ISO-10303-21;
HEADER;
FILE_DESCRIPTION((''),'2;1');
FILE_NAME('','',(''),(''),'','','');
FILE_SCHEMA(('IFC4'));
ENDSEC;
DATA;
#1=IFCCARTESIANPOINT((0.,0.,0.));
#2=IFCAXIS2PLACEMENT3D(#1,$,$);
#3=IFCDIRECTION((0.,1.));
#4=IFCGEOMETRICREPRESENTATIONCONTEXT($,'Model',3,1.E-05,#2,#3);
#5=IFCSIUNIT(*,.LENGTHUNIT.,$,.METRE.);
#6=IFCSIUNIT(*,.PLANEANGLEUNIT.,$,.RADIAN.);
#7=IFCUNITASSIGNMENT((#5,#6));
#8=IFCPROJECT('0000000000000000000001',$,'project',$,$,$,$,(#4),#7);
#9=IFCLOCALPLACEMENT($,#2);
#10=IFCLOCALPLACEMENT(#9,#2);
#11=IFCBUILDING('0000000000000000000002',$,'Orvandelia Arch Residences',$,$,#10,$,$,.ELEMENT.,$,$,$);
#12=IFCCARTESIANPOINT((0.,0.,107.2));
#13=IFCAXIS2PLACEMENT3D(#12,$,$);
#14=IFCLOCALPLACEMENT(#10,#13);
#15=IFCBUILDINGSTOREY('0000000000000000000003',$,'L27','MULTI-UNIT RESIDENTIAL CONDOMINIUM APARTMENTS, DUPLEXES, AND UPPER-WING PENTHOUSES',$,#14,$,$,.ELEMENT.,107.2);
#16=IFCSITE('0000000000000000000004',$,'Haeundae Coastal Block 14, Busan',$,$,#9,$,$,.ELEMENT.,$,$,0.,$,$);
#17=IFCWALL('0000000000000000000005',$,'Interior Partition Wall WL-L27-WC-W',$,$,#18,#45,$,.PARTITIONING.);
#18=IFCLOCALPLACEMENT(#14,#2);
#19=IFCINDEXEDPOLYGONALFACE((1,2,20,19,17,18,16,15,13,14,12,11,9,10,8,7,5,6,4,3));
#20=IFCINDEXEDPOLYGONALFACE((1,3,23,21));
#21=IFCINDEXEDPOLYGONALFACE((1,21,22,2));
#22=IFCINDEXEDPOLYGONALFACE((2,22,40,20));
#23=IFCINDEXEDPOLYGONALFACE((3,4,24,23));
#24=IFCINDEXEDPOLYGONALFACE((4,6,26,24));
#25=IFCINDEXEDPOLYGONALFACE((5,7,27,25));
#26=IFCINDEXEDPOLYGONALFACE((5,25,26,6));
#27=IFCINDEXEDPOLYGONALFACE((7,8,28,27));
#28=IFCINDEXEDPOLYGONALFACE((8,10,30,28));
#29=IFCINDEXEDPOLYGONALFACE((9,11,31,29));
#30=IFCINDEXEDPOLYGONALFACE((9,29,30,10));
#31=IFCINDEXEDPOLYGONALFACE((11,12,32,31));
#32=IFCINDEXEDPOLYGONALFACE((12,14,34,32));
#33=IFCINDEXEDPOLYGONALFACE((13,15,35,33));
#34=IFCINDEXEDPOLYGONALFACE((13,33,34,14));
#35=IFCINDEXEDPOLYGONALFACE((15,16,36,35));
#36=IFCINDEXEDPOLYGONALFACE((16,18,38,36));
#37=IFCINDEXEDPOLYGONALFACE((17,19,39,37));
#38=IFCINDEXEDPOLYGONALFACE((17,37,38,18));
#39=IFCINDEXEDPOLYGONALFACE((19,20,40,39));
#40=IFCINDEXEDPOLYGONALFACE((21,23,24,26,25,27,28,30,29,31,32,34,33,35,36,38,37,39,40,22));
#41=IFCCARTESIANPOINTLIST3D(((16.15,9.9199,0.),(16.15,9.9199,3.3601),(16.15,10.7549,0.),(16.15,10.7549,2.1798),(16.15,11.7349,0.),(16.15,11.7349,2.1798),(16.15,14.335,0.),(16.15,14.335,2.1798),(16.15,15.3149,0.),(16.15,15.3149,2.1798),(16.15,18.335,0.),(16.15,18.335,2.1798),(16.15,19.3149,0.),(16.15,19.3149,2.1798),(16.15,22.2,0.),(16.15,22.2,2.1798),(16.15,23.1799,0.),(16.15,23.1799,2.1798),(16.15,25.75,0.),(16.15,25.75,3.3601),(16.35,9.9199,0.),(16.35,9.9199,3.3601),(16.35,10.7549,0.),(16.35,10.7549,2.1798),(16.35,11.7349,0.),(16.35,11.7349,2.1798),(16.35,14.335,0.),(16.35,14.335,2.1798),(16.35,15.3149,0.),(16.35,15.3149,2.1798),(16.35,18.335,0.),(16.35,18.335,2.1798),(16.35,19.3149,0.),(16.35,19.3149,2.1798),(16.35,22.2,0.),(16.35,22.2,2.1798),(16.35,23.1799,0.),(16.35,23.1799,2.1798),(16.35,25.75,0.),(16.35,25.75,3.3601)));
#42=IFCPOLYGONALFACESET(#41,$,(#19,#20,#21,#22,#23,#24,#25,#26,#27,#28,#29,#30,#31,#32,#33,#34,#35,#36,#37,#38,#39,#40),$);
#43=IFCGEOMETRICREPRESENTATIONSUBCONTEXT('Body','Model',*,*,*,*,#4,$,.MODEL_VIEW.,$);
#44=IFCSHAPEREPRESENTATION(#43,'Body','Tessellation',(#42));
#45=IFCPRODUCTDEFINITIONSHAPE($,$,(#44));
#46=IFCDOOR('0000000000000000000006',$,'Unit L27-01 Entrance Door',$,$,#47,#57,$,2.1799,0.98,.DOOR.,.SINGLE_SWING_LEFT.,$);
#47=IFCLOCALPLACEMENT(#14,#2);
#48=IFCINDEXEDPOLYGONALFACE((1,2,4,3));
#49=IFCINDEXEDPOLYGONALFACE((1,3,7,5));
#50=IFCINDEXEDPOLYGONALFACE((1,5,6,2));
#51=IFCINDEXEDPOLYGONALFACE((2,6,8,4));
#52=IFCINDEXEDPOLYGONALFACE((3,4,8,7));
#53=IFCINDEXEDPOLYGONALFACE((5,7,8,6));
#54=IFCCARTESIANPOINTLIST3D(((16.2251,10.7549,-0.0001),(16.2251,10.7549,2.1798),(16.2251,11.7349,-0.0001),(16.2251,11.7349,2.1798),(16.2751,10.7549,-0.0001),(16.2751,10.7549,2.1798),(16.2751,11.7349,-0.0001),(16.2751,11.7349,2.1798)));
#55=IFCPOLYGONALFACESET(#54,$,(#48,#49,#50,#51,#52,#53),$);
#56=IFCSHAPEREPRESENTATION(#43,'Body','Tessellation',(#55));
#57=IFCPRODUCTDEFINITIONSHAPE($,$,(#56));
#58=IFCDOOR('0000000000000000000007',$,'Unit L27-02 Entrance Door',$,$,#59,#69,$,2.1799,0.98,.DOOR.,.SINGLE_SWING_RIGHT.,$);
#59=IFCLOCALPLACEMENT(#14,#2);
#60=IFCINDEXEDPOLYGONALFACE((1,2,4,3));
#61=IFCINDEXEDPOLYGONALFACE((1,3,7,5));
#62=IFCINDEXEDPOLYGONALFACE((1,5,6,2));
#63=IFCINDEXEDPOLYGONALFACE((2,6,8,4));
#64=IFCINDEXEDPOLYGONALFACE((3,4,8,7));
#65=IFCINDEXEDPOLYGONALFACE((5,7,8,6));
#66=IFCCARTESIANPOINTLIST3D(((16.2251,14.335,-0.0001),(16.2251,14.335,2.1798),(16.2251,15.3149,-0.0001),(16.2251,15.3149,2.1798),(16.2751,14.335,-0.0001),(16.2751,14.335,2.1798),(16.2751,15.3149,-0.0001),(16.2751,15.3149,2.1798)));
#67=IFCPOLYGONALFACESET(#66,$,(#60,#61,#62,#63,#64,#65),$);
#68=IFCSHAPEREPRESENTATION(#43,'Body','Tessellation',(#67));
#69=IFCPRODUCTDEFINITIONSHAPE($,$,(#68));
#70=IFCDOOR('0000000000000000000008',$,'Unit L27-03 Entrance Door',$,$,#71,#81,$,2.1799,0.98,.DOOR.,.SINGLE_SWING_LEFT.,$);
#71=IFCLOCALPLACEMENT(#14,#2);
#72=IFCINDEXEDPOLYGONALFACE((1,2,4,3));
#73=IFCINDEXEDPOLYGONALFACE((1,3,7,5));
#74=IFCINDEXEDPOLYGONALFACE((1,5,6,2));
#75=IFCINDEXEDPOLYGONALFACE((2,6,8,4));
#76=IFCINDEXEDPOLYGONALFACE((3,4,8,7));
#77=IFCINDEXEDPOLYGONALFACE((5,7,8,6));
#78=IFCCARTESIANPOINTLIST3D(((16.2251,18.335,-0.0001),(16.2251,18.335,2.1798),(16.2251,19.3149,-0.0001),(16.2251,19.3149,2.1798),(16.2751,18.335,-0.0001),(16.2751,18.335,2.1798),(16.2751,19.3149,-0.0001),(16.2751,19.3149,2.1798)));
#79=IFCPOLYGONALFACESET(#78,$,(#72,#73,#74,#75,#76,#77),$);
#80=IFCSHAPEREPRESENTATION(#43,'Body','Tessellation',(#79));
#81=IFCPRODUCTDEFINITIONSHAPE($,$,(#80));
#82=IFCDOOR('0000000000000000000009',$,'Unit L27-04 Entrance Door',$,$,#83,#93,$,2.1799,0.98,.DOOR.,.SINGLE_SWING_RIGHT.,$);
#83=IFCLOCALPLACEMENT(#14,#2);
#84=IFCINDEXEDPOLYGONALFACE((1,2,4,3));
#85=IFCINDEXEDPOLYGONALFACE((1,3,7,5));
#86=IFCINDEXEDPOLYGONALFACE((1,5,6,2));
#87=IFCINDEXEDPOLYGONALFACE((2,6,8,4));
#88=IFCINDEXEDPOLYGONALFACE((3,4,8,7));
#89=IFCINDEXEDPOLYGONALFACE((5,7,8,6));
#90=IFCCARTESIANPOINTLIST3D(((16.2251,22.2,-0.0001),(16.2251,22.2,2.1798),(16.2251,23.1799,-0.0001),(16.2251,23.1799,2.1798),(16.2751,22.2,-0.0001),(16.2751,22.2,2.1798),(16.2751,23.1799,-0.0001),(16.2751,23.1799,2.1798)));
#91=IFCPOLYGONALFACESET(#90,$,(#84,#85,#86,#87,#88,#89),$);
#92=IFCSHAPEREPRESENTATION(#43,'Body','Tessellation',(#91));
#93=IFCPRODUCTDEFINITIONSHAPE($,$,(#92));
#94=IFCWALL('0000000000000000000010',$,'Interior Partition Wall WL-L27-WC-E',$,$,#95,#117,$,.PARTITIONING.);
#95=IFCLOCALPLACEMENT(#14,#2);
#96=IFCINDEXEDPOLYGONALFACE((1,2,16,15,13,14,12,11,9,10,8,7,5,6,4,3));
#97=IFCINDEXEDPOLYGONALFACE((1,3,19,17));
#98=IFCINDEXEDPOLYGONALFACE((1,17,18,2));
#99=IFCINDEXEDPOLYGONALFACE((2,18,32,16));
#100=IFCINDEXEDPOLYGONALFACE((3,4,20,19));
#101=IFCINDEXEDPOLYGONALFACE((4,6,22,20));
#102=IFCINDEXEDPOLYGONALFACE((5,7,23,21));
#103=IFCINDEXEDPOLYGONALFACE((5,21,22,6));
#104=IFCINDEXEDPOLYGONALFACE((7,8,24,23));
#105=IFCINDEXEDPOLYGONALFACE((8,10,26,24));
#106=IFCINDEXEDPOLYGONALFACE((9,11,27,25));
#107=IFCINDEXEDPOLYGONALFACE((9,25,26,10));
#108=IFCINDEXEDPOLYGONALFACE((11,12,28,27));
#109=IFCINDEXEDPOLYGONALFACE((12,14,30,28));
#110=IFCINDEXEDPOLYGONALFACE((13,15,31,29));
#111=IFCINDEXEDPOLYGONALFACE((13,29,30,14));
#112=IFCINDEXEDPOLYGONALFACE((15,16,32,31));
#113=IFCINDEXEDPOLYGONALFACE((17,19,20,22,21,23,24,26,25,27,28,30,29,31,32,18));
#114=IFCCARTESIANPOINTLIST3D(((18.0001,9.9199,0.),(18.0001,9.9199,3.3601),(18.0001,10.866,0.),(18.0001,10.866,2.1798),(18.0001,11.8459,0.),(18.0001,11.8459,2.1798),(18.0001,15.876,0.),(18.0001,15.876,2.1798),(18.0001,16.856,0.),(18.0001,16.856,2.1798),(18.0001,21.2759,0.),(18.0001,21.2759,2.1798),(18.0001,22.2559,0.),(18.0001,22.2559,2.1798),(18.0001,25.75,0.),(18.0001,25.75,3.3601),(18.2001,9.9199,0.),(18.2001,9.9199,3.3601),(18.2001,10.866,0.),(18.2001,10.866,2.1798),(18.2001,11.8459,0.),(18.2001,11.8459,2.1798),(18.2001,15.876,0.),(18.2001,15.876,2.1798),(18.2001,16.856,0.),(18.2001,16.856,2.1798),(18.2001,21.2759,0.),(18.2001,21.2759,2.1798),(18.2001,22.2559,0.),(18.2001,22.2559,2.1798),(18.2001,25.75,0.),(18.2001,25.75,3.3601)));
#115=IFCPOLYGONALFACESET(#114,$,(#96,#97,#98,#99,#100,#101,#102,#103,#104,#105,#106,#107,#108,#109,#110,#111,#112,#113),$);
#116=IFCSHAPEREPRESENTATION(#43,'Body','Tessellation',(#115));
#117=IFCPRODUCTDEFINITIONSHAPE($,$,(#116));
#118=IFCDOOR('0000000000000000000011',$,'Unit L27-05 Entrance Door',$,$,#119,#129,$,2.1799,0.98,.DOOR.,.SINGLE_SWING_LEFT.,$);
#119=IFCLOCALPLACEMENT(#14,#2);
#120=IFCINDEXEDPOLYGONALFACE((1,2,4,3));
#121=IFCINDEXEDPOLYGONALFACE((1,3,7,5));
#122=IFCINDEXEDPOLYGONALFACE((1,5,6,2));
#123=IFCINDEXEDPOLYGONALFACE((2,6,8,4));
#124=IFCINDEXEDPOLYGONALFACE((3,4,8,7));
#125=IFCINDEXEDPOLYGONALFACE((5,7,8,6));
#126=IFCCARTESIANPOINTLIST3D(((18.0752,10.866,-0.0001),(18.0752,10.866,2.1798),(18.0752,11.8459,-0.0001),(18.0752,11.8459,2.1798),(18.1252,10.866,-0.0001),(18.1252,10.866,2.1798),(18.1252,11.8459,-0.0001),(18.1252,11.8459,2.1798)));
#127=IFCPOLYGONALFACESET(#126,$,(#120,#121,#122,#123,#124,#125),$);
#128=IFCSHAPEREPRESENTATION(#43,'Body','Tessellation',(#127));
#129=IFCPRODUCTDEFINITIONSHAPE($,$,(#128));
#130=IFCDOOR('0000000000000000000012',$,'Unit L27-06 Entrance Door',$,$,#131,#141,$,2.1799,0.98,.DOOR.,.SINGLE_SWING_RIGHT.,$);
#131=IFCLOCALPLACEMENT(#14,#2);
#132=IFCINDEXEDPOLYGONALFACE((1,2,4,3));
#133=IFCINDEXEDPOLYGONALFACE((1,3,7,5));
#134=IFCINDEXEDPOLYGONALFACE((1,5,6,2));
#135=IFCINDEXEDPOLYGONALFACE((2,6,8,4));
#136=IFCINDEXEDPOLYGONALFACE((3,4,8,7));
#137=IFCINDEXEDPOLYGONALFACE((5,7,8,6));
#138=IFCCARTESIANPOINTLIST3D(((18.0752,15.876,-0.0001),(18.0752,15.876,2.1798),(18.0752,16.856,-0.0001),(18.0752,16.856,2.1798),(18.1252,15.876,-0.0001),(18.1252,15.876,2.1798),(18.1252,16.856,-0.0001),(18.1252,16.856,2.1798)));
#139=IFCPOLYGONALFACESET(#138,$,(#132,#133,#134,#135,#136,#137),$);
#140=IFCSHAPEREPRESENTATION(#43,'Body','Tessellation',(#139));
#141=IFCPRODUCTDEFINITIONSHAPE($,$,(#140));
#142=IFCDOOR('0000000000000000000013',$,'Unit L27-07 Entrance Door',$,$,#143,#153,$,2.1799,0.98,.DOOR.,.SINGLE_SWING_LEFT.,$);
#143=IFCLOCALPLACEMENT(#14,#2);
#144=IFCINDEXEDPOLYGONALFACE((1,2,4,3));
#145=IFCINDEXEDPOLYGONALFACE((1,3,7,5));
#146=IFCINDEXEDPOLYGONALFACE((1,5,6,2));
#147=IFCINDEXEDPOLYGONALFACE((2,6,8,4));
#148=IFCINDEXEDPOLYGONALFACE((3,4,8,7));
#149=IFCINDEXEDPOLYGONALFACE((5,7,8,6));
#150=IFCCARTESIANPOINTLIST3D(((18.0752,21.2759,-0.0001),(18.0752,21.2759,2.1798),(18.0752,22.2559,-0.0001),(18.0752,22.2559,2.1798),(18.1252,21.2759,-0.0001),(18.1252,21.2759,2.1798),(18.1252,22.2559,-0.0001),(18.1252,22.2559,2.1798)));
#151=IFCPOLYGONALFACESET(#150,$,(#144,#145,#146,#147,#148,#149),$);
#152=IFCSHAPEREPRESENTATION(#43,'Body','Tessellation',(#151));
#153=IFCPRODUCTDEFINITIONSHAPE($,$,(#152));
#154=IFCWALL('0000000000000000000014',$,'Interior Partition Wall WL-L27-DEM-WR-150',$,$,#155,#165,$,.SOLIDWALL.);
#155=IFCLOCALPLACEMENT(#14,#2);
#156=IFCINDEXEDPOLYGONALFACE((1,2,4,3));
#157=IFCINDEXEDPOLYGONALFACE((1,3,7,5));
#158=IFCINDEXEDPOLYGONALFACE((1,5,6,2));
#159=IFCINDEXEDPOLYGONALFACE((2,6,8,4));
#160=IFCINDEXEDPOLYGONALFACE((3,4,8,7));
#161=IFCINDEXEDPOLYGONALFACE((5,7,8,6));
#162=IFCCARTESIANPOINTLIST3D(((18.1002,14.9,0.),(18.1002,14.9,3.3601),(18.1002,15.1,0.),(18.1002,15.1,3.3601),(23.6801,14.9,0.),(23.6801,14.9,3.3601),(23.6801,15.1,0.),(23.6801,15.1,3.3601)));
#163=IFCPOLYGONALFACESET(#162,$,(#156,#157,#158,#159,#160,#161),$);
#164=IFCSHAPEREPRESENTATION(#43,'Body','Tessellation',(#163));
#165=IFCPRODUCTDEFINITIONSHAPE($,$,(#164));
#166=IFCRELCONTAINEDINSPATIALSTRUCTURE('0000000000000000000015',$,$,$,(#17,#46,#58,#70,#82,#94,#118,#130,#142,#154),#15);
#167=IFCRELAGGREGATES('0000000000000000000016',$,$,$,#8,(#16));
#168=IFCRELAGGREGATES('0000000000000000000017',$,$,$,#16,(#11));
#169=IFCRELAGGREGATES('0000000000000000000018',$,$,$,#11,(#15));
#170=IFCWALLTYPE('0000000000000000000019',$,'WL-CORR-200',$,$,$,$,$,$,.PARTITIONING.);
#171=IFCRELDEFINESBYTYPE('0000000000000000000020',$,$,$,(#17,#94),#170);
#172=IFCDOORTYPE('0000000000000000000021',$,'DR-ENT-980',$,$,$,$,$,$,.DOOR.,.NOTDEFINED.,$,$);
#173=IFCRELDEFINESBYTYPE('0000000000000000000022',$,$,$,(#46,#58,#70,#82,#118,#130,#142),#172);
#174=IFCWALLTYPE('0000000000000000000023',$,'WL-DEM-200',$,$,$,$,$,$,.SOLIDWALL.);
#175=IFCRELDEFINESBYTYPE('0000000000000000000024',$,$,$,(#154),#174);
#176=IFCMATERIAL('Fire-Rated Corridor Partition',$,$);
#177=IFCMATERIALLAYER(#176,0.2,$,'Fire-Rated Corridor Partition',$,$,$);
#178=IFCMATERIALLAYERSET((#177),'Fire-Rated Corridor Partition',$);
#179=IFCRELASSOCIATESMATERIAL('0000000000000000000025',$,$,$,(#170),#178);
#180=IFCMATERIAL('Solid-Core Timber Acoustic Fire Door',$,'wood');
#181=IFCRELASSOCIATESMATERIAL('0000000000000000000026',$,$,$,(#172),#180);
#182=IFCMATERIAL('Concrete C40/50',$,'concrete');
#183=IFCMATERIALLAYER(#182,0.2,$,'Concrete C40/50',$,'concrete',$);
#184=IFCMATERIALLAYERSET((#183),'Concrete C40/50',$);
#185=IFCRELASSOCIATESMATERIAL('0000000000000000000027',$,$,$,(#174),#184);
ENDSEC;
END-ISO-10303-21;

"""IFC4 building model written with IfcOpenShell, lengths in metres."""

from ifc_helpers import new_model, si_unit, direction, frame, frame_2d, origin, place, context, subcontext, project, spatial, rectangle, extrude, material, layer, layer_set, type_object, element, fill, save


model = new_model("IFC4")

# Units and contexts
model_context = context("Model", 3, precision=1e-05, world=origin(), true_north=direction((0.0, 1.0)))
body_context = subcontext(model_context, "Body", "Model", "MODEL_VIEW")
ifc_project = project(units=[si_unit("LENGTHUNIT", "METRE"), si_unit("PLANEANGLEUNIT", "RADIAN")], contexts=[model_context])

# Site, building, storey
site_placement = place(None, origin())
site = spatial("IfcSite", under=ifc_project, at=site_placement, Name="Haeundae Coastal Block 14, Busan", CompositionType="ELEMENT", RefElevation=0.0)
building_placement = place(site_placement, origin())
building = spatial("IfcBuilding", under=site, at=building_placement, Name="Orvandelia Arch Residences", CompositionType="ELEMENT")
storey_placement = place(building_placement, frame((0.0, 0.0, 107.2)))
storey = spatial("IfcBuildingStorey", under=building, at=storey_placement, Name="L27", Description="MULTI-UNIT RESIDENTIAL CONDOMINIUM APARTMENTS, DUPLEXES, AND UPPER-WING PENTHOUSES", CompositionType="ELEMENT", Elevation=107.2)

# Walls, openings, doors
ifc_material_1 = material(Name="Fire-Rated Corridor Partition")
ifc_layer_1 = layer(ifc_material_1, 0.2, Name="Fire-Rated Corridor Partition")
ifc_layer_set_1 = layer_set([ifc_layer_1], Name="Fire-Rated Corridor Partition")
wall_type_1 = type_object("IfcWallType", Name="WL-CORR-200", PredefinedType="PARTITIONING", material=ifc_layer_set_1)
wall_1_placement = place(storey_placement, frame((16.25, 9.9199, 0.0), z_axis=(0.0, 0.0, 1.0), x_axis=(0.0, 1.0, 0.0)))
wall_1 = element("IfcWall", 1, at=wall_1_placement, inside=storey, type_object=wall_type_1, Name="Interior Partition Wall WL-L27-WC-W", PredefinedType="PARTITIONING", context=body_context, shape_type="SweptSolid", body=[
    extrude(rectangle(XDim=15.8301, YDim=0.2, at=frame_2d((7.915, 0.0))), origin(), (0.0, 0.0, 1.0), 3.3601),
])
opening_1_placement = place(wall_1_placement, frame((0.835, 0.0, 0.0)))
opening_1 = element("IfcOpeningElement", 2, at=opening_1_placement, cuts=wall_1, PredefinedType="OPENING", context=body_context, shape_type="SweptSolid", body=[
    extrude(rectangle(XDim=0.98, YDim=2.1799, at=frame_2d((0.49, 1.0898))), frame((0.0, 0.1099, 0.0), z_axis=(0.0, -1.0, 0.0), x_axis=(1.0, 0.0, 0.0)), (0.0, 0.0, 1.0), 0.22),
])
opening_2_placement = place(wall_1_placement, frame((4.415, 0.0, 0.0)))
opening_2 = element("IfcOpeningElement", 3, at=opening_2_placement, cuts=wall_1, PredefinedType="OPENING", context=body_context, shape_type="SweptSolid", body=[
    extrude(rectangle(XDim=0.98, YDim=2.1799, at=frame_2d((0.49, 1.0898))), frame((0.0, 0.1099, 0.0), z_axis=(0.0, -1.0, 0.0), x_axis=(1.0, 0.0, 0.0)), (0.0, 0.0, 1.0), 0.22),
])
opening_3_placement = place(wall_1_placement, frame((8.415, 0.0, 0.0)))
opening_3 = element("IfcOpeningElement", 4, at=opening_3_placement, cuts=wall_1, PredefinedType="OPENING", context=body_context, shape_type="SweptSolid", body=[
    extrude(rectangle(XDim=0.98, YDim=2.1799, at=frame_2d((0.49, 1.0898))), frame((0.0, 0.1099, 0.0), z_axis=(0.0, -1.0, 0.0), x_axis=(1.0, 0.0, 0.0)), (0.0, 0.0, 1.0), 0.22),
])
opening_4_placement = place(wall_1_placement, frame((12.28, 0.0, 0.0)))
opening_4 = element("IfcOpeningElement", 5, at=opening_4_placement, cuts=wall_1, PredefinedType="OPENING", context=body_context, shape_type="SweptSolid", body=[
    extrude(rectangle(XDim=0.98, YDim=2.1799, at=frame_2d((0.49, 1.0898))), frame((0.0, 0.1099, 0.0), z_axis=(0.0, -1.0, 0.0), x_axis=(1.0, 0.0, 0.0)), (0.0, 0.0, 1.0), 0.22),
])
ifc_material_2 = material(Name="Solid-Core Timber Acoustic Fire Door", Category="wood")
door_type_1 = type_object("IfcDoorType", Name="DR-ENT-980", OperationType="NOTDEFINED", PredefinedType="DOOR", material=ifc_material_2)
door_1_placement = place(opening_1_placement, origin())
door_1 = element("IfcDoor", 6, at=door_1_placement, inside=storey, type_object=door_type_1, Name="Unit L27-01 Entrance Door", OperationType="SINGLE_SWING_LEFT", OverallHeight=2.1799, OverallWidth=0.98, PredefinedType="DOOR", context=body_context, shape_type="SweptSolid", body=[
    extrude(rectangle(XDim=0.98, YDim=2.1799, at=frame_2d((0.49, 1.0898))), frame((0.0, 0.0249, 0.0), z_axis=(0.0, -1.0, 0.0), x_axis=(1.0, 0.0, 0.0)), (0.0, 0.0, 1.0), 0.05),
])
fill(opening_1, door_1)
door_2_placement = place(opening_2_placement, origin())
door_2 = element("IfcDoor", 7, at=door_2_placement, inside=storey, type_object=door_type_1, Name="Unit L27-02 Entrance Door", OperationType="SINGLE_SWING_RIGHT", OverallHeight=2.1799, OverallWidth=0.98, PredefinedType="DOOR", context=body_context, shape_type="SweptSolid", body=[
    extrude(rectangle(XDim=0.98, YDim=2.1799, at=frame_2d((0.49, 1.0898))), frame((0.0, 0.0249, 0.0), z_axis=(0.0, -1.0, 0.0), x_axis=(1.0, 0.0, 0.0)), (0.0, 0.0, 1.0), 0.05),
])
fill(opening_2, door_2)
door_3_placement = place(opening_3_placement, origin())
door_3 = element("IfcDoor", 8, at=door_3_placement, inside=storey, type_object=door_type_1, Name="Unit L27-03 Entrance Door", OperationType="SINGLE_SWING_LEFT", OverallHeight=2.1799, OverallWidth=0.98, PredefinedType="DOOR", context=body_context, shape_type="SweptSolid", body=[
    extrude(rectangle(XDim=0.98, YDim=2.1799, at=frame_2d((0.49, 1.0898))), frame((0.0, 0.0249, 0.0), z_axis=(0.0, -1.0, 0.0), x_axis=(1.0, 0.0, 0.0)), (0.0, 0.0, 1.0), 0.05),
])
fill(opening_3, door_3)
door_4_placement = place(opening_4_placement, origin())
door_4 = element("IfcDoor", 9, at=door_4_placement, inside=storey, type_object=door_type_1, Name="Unit L27-04 Entrance Door", OperationType="SINGLE_SWING_RIGHT", OverallHeight=2.1799, OverallWidth=0.98, PredefinedType="DOOR", context=body_context, shape_type="SweptSolid", body=[
    extrude(rectangle(XDim=0.98, YDim=2.1799, at=frame_2d((0.49, 1.0898))), frame((0.0, 0.0249, 0.0), z_axis=(0.0, -1.0, 0.0), x_axis=(1.0, 0.0, 0.0)), (0.0, 0.0, 1.0), 0.05),
])
fill(opening_4, door_4)
wall_2_placement = place(storey_placement, frame((18.1001, 9.9199, 0.0), z_axis=(0.0, 0.0, 1.0), x_axis=(0.0, 1.0, 0.0)))
wall_2 = element("IfcWall", 10, at=wall_2_placement, inside=storey, type_object=wall_type_1, Name="Interior Partition Wall WL-L27-WC-E", PredefinedType="PARTITIONING", context=body_context, shape_type="SweptSolid", body=[
    extrude(rectangle(XDim=15.8301, YDim=0.2, at=frame_2d((7.915, 0.0))), origin(), (0.0, 0.0, 1.0), 3.3601),
])
opening_5_placement = place(wall_2_placement, frame((0.946, 0.0, 0.0)))
opening_5 = element("IfcOpeningElement", 11, at=opening_5_placement, cuts=wall_2, PredefinedType="OPENING", context=body_context, shape_type="SweptSolid", body=[
    extrude(rectangle(XDim=0.98, YDim=2.1799, at=frame_2d((0.49, 1.0898))), frame((0.0, 0.1099, 0.0), z_axis=(0.0, -1.0, 0.0), x_axis=(1.0, 0.0, 0.0)), (0.0, 0.0, 1.0), 0.22),
])
opening_6_placement = place(wall_2_placement, frame((5.9561, 0.0, 0.0)))
opening_6 = element("IfcOpeningElement", 12, at=opening_6_placement, cuts=wall_2, PredefinedType="OPENING", context=body_context, shape_type="SweptSolid", body=[
    extrude(rectangle(XDim=0.98, YDim=2.1799, at=frame_2d((0.49, 1.0898))), frame((0.0, 0.1099, 0.0), z_axis=(0.0, -1.0, 0.0), x_axis=(1.0, 0.0, 0.0)), (0.0, 0.0, 1.0), 0.22),
])
opening_7_placement = place(wall_2_placement, frame((11.356, 0.0, 0.0)))
opening_7 = element("IfcOpeningElement", 13, at=opening_7_placement, cuts=wall_2, PredefinedType="OPENING", context=body_context, shape_type="SweptSolid", body=[
    extrude(rectangle(XDim=0.98, YDim=2.1799, at=frame_2d((0.49, 1.0898))), frame((0.0, 0.1099, 0.0), z_axis=(0.0, -1.0, 0.0), x_axis=(1.0, 0.0, 0.0)), (0.0, 0.0, 1.0), 0.22),
])
door_5_placement = place(opening_5_placement, origin())
door_5 = element("IfcDoor", 14, at=door_5_placement, inside=storey, type_object=door_type_1, Name="Unit L27-05 Entrance Door", OperationType="SINGLE_SWING_LEFT", OverallHeight=2.1799, OverallWidth=0.98, PredefinedType="DOOR", context=body_context, shape_type="SweptSolid", body=[
    extrude(rectangle(XDim=0.98, YDim=2.1799, at=frame_2d((0.49, 1.0898))), frame((0.0, 0.0249, 0.0), z_axis=(0.0, -1.0, 0.0), x_axis=(1.0, 0.0, 0.0)), (0.0, 0.0, 1.0), 0.05),
])
fill(opening_5, door_5)
door_6_placement = place(opening_6_placement, origin())
door_6 = element("IfcDoor", 15, at=door_6_placement, inside=storey, type_object=door_type_1, Name="Unit L27-06 Entrance Door", OperationType="SINGLE_SWING_RIGHT", OverallHeight=2.1799, OverallWidth=0.98, PredefinedType="DOOR", context=body_context, shape_type="SweptSolid", body=[
    extrude(rectangle(XDim=0.98, YDim=2.1799, at=frame_2d((0.49, 1.0898))), frame((0.0, 0.0249, 0.0), z_axis=(0.0, -1.0, 0.0), x_axis=(1.0, 0.0, 0.0)), (0.0, 0.0, 1.0), 0.05),
])
fill(opening_6, door_6)
door_7_placement = place(opening_7_placement, origin())
door_7 = element("IfcDoor", 16, at=door_7_placement, inside=storey, type_object=door_type_1, Name="Unit L27-07 Entrance Door", OperationType="SINGLE_SWING_LEFT", OverallHeight=2.1799, OverallWidth=0.98, PredefinedType="DOOR", context=body_context, shape_type="SweptSolid", body=[
    extrude(rectangle(XDim=0.98, YDim=2.1799, at=frame_2d((0.49, 1.0898))), frame((0.0, 0.0249, 0.0), z_axis=(0.0, -1.0, 0.0), x_axis=(1.0, 0.0, 0.0)), (0.0, 0.0, 1.0), 0.05),
])
fill(opening_7, door_7)

# Wall
ifc_material_3 = material(Name="Concrete C40/50", Category="concrete")
ifc_layer_2 = layer(ifc_material_3, 0.2, Name="Concrete C40/50", Category="concrete")
ifc_layer_set_2 = layer_set([ifc_layer_2], Name="Concrete C40/50")
wall_type_2 = type_object("IfcWallType", Name="WL-DEM-200", PredefinedType="SOLIDWALL", material=ifc_layer_set_2)
wall_3_placement = place(storey_placement, frame((18.1001, 15.0, 0.0), z_axis=(0.0, 0.0, 1.0), x_axis=(1.0, 0.0, 0.0)))
element("IfcWall", 17, at=wall_3_placement, inside=storey, type_object=wall_type_2, Name="Interior Partition Wall WL-L27-DEM-WR-150", PredefinedType="SOLIDWALL", context=body_context, shape_type="SweptSolid", body=[
    extrude(rectangle(XDim=5.5798, YDim=0.2, at=frame_2d((2.79, 0.0))), origin(), (0.0, 0.0, 1.0), 3.3601),
])

save(model, "model.ifc")
